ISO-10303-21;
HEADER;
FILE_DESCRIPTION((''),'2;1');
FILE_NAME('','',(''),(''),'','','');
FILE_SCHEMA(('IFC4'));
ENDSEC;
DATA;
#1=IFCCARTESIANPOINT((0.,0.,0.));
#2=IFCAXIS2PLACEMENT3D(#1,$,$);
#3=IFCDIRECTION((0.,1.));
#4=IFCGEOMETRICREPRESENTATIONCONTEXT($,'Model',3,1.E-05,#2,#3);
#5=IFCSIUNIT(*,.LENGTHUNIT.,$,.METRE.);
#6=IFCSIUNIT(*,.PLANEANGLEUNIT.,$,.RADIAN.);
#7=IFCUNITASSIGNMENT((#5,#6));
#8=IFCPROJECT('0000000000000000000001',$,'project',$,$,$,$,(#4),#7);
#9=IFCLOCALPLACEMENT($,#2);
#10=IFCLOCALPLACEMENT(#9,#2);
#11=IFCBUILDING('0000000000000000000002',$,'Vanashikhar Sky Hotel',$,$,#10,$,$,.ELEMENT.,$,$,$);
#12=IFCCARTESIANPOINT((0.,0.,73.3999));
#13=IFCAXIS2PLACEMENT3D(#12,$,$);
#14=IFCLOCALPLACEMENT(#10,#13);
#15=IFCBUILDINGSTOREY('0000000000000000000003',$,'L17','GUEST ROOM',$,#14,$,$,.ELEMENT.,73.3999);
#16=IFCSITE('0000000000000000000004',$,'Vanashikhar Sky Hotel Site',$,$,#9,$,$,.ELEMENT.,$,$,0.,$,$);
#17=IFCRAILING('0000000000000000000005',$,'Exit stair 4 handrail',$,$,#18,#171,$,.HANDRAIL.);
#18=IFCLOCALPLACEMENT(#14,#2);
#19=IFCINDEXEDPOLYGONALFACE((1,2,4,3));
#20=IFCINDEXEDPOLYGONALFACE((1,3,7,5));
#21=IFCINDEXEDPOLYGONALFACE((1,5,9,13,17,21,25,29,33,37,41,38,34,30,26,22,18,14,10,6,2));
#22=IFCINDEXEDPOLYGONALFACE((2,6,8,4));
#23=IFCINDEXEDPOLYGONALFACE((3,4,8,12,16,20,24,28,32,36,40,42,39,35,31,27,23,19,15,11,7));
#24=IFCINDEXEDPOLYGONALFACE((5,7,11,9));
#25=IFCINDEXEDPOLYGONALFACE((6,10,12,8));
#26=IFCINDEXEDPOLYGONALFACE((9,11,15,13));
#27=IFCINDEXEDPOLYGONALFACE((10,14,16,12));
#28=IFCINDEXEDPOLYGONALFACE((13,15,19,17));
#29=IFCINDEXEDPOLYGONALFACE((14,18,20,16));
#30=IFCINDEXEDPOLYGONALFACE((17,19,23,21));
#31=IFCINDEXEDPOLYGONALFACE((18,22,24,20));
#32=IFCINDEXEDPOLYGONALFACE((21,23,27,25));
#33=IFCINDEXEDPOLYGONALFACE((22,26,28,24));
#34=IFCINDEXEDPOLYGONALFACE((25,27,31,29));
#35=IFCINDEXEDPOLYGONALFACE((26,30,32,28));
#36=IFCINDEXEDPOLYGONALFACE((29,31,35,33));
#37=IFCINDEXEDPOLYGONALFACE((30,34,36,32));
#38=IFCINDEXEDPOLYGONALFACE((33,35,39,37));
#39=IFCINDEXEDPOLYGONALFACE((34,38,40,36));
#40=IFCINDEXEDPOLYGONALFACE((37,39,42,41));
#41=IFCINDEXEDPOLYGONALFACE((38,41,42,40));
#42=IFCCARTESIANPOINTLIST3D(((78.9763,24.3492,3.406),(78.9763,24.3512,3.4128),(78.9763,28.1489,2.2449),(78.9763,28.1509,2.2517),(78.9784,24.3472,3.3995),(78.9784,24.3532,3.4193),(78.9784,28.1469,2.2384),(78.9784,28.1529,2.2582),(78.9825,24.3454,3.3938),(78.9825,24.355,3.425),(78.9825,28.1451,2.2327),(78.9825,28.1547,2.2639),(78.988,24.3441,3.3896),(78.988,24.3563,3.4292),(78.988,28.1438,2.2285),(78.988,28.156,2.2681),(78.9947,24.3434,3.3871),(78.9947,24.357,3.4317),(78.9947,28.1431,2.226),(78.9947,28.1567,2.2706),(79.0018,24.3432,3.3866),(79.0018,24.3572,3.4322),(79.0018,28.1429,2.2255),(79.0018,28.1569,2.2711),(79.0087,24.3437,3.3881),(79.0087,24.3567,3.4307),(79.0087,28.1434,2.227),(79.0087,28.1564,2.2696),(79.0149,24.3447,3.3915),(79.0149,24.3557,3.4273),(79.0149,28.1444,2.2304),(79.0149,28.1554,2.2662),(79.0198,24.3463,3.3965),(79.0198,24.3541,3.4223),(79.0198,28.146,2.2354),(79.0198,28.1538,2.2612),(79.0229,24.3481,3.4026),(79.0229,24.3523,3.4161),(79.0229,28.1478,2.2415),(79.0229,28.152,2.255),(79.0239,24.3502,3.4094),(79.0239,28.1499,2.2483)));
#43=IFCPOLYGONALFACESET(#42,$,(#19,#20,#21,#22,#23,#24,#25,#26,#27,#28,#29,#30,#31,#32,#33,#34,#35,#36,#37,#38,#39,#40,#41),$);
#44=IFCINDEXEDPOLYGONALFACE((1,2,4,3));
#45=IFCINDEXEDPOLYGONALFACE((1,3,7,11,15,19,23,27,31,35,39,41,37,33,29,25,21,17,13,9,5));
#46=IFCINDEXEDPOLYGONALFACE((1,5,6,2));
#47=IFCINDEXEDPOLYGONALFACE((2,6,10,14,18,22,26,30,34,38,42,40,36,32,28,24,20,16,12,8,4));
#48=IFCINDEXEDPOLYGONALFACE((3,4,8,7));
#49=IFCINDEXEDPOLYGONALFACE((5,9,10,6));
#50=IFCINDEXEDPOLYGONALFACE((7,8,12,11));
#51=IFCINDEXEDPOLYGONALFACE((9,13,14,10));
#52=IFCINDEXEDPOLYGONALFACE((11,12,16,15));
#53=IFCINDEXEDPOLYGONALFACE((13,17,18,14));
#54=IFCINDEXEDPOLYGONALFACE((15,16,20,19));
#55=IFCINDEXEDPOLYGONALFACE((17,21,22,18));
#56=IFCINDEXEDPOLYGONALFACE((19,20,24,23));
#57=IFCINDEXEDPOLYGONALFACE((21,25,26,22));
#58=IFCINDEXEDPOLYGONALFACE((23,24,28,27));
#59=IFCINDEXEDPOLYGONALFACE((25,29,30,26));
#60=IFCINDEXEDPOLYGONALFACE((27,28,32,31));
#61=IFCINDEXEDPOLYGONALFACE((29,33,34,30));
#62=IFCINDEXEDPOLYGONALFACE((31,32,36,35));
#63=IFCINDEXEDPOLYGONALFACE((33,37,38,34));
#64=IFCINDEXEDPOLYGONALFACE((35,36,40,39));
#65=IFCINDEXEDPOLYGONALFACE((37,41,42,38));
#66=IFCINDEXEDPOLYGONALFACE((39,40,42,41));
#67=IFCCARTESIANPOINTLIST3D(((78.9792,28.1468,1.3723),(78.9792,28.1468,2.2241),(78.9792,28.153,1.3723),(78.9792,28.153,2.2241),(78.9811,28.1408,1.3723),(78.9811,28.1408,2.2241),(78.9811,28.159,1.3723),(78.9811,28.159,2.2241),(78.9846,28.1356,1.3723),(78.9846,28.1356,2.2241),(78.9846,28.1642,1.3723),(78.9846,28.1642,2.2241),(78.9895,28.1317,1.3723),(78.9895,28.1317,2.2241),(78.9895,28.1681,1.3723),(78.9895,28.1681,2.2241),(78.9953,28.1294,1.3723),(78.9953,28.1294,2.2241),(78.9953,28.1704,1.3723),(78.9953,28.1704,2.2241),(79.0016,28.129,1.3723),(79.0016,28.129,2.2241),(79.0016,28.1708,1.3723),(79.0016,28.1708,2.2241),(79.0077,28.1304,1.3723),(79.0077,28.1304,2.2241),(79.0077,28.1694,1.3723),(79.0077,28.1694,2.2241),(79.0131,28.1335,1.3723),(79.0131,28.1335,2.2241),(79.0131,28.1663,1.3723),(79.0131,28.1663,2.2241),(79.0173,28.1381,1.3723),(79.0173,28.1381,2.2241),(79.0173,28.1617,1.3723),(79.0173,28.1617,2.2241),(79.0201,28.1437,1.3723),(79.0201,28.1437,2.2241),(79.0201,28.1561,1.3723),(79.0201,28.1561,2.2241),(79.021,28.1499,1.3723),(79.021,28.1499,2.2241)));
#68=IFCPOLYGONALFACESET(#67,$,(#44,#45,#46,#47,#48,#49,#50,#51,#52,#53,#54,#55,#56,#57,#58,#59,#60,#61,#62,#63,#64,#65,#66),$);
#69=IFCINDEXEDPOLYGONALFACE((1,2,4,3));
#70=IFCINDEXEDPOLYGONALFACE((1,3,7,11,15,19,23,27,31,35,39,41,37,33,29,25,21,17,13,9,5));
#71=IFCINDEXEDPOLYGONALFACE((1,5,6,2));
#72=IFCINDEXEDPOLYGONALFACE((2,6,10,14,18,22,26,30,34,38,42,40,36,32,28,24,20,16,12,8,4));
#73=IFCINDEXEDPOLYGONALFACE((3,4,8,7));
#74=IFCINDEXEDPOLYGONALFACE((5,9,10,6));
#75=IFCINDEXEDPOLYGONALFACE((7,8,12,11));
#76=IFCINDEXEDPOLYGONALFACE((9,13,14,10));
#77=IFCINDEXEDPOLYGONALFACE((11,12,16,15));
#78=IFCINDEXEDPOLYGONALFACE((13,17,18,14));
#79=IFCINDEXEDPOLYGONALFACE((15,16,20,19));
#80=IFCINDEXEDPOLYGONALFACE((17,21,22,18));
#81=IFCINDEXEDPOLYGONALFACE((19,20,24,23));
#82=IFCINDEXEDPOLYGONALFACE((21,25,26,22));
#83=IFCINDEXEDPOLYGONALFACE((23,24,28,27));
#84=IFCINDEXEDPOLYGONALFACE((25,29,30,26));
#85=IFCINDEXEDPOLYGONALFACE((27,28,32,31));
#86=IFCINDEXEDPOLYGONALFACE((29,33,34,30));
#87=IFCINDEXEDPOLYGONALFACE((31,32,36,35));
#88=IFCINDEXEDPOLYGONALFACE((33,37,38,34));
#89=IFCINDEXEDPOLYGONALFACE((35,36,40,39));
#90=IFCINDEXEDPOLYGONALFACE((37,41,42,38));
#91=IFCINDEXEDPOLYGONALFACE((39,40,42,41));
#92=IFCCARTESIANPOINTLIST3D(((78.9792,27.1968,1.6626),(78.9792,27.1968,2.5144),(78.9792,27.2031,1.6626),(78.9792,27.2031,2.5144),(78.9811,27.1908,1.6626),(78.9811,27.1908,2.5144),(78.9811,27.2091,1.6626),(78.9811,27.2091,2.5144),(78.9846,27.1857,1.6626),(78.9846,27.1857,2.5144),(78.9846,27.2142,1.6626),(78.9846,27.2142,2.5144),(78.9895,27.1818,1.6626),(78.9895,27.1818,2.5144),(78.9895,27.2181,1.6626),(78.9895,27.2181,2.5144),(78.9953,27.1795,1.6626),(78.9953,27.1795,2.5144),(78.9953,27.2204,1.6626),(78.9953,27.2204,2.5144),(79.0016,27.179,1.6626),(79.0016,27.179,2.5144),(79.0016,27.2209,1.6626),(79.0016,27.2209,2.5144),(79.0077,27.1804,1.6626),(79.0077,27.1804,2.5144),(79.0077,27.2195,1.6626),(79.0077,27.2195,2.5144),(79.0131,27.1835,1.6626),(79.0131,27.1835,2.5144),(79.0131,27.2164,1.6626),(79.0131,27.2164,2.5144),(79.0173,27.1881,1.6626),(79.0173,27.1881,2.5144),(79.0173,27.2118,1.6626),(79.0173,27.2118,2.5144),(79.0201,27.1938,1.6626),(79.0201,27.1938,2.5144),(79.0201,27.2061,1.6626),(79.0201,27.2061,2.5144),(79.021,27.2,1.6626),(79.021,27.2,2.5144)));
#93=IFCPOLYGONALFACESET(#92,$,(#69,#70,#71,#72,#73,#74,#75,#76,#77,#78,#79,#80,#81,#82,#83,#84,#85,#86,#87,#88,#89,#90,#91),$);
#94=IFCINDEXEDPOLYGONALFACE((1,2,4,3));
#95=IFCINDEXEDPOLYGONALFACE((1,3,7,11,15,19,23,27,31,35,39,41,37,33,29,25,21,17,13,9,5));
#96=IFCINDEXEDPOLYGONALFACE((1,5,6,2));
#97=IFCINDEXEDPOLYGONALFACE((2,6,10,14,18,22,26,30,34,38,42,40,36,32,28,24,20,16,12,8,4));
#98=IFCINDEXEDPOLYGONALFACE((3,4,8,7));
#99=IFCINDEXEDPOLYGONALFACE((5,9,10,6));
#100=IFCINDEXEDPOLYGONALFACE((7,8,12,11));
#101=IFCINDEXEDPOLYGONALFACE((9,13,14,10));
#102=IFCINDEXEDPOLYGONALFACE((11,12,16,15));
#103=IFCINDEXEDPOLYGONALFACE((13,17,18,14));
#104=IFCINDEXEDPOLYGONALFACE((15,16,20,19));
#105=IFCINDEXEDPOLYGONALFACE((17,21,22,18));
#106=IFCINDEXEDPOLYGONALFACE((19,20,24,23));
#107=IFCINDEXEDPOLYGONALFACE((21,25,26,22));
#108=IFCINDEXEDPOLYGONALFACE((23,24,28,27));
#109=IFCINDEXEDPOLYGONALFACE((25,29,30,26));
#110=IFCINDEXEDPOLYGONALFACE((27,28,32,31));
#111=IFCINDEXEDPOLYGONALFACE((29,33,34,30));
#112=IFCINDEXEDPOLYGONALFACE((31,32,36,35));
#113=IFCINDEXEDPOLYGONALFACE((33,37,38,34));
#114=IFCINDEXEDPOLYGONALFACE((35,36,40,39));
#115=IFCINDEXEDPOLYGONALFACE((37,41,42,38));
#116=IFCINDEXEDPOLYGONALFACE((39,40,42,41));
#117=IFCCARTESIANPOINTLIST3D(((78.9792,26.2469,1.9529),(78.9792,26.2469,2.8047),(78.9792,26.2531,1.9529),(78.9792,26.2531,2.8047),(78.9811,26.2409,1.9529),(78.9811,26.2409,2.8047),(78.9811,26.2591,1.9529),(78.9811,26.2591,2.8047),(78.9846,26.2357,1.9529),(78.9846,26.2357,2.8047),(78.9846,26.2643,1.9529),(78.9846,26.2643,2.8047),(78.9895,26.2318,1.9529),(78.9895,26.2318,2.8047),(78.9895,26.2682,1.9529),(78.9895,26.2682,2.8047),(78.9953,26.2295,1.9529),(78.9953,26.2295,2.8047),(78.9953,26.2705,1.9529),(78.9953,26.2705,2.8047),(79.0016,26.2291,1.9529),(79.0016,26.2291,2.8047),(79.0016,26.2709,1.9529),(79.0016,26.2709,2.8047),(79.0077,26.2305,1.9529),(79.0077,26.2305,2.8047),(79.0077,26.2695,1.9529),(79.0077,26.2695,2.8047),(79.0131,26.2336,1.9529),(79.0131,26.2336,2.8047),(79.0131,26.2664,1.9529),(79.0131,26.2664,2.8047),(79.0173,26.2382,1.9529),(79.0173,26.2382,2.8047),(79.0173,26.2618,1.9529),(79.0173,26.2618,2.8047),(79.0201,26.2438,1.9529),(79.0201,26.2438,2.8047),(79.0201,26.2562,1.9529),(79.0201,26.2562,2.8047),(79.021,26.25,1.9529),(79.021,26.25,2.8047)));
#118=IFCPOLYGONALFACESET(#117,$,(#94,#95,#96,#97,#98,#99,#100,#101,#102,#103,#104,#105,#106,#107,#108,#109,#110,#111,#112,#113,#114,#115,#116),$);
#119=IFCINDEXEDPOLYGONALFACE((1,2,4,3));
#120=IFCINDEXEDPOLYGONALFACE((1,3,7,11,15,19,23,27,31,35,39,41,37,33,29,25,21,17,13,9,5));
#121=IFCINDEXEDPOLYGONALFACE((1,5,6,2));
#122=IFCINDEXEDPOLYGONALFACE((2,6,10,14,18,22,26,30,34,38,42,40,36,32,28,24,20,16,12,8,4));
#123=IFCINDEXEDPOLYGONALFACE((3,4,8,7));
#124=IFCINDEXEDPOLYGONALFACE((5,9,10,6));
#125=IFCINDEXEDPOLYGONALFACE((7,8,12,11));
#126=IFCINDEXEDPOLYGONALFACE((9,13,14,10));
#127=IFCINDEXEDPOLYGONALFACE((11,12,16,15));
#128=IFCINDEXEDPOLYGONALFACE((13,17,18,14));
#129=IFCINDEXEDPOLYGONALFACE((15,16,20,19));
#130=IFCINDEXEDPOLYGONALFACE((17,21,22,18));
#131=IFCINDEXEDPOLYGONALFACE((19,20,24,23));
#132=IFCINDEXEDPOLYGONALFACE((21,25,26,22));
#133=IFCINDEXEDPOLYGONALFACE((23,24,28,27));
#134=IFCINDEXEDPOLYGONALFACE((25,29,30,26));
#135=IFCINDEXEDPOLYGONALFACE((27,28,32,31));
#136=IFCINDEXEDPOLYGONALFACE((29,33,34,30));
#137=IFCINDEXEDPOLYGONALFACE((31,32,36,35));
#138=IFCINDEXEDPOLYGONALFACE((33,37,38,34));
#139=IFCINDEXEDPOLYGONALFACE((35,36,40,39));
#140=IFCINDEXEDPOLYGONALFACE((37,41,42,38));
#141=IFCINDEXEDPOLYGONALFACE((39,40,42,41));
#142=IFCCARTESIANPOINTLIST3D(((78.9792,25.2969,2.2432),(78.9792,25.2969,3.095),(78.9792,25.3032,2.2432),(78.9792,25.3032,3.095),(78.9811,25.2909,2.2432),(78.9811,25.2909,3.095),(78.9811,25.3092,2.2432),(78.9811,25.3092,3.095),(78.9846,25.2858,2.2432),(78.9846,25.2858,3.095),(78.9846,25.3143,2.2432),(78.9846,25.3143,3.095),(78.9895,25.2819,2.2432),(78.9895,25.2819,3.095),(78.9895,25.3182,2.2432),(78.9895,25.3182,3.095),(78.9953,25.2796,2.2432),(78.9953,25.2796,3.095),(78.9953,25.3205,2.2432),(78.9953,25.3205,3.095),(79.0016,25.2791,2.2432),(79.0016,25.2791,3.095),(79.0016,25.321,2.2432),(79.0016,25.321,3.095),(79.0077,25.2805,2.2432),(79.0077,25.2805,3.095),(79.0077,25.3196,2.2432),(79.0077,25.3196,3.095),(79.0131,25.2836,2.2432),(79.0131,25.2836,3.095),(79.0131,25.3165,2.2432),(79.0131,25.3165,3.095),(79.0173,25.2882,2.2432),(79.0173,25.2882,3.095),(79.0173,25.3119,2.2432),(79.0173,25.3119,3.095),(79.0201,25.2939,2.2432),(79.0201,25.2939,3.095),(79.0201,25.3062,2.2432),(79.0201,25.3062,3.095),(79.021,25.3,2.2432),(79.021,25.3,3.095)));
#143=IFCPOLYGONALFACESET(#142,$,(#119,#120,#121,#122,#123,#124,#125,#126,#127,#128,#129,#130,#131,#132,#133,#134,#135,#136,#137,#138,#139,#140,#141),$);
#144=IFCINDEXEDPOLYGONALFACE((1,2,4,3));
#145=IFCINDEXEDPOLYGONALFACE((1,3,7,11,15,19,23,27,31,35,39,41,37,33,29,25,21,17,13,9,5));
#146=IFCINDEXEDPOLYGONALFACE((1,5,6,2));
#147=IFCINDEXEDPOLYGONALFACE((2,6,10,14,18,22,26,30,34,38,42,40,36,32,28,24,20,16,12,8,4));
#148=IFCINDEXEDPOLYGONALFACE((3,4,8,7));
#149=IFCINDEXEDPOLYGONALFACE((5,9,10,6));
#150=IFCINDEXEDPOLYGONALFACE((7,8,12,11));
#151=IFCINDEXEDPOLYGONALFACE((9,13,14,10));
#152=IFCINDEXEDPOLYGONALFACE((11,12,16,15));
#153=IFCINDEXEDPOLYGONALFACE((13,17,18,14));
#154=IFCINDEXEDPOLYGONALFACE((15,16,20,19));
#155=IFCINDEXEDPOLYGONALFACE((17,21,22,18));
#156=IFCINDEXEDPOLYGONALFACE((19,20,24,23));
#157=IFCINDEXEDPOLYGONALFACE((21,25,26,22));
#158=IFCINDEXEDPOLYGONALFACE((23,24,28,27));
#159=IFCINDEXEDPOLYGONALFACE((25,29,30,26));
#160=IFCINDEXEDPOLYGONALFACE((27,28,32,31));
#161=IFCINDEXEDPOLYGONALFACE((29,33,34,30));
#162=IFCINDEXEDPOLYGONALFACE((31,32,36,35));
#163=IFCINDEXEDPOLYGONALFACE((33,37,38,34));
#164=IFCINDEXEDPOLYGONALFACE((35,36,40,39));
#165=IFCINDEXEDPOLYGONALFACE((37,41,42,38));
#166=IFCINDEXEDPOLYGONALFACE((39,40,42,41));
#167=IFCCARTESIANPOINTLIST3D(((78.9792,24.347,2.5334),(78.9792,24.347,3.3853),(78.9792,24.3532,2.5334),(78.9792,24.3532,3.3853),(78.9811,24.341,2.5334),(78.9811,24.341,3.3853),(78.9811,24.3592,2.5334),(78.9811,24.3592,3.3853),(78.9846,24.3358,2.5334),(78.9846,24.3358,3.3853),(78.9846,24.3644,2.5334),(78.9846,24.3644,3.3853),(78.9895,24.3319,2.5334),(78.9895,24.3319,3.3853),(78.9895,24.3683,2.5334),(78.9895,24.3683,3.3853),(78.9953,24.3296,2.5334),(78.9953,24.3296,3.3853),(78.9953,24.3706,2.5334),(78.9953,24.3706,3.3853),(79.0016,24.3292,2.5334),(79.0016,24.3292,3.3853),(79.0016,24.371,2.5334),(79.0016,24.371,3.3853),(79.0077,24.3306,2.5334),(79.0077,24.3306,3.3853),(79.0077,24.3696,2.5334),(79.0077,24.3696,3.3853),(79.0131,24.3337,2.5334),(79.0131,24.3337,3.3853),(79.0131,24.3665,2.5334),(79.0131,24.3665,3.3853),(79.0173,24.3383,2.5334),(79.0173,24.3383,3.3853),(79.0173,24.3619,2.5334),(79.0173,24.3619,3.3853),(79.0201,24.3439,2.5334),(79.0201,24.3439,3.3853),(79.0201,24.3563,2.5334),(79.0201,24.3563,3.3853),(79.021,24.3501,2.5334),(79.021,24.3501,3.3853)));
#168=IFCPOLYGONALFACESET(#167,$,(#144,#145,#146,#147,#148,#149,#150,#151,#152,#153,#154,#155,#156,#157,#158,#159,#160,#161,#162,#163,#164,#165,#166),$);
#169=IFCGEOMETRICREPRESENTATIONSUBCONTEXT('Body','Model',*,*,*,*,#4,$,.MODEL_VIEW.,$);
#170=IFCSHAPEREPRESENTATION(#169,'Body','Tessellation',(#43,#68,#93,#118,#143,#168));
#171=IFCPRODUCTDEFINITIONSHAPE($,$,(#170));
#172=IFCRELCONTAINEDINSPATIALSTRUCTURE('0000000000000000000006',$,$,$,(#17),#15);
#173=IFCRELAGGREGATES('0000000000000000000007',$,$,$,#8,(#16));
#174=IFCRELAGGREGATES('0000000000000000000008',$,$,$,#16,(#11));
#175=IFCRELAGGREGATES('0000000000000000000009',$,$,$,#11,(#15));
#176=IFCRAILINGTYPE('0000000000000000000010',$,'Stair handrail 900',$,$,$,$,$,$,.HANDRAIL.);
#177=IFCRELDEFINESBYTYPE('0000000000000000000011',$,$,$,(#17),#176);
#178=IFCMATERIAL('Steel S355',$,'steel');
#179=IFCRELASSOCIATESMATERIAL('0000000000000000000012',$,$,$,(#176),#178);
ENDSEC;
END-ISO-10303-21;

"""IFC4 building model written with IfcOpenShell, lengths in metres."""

from ifc_helpers import new_model, si_unit, direction, frame, origin, origin_2d, place, context, subcontext, project, spatial, circle, extrude, source, transform, mapped, material, type_object, element, save


model = new_model("IFC4")

# Units and contexts
model_context = context("Model", 3, precision=1e-05, world=origin(), true_north=direction((0.0, 1.0)))
body_context = subcontext(model_context, "Body", "Model", "MODEL_VIEW")
ifc_project = project(units=[si_unit("LENGTHUNIT", "METRE"), si_unit("PLANEANGLEUNIT", "RADIAN")], contexts=[model_context])

# Site, building, storey
site_placement = place(None, origin())
site = spatial("IfcSite", under=ifc_project, at=site_placement, Name="Vanashikhar Sky Hotel Site", CompositionType="ELEMENT", RefElevation=0.0)
building_placement = place(site_placement, origin())
building = spatial("IfcBuilding", under=site, at=building_placement, Name="Vanashikhar Sky Hotel", CompositionType="ELEMENT")
storey_placement = place(building_placement, frame((0.0, 0.0, 73.3999)))
storey = spatial("IfcBuildingStorey", under=building, at=storey_placement, Name="L17", Description="GUEST ROOM", CompositionType="ELEMENT", Elevation=73.3999)

# Railing
ifc_material_1 = material(Name="Steel S355", Category="steel")
railing_type_1 = type_object("IfcRailingType", Name="Stair handrail 900", PredefinedType="HANDRAIL", material=ifc_material_1)
shared_shape_1 = source(origin(), body_context, "Body", "SweptSolid", [
    extrude(circle(Radius=0.0239, at=origin_2d()), frame((0.0, 0.0, 0.876), z_axis=(0.0, -0.956346, 0.292237), x_axis=(1.0, 0.0, 0.0)), (0.0, 0.0, 1.0), 3.9731),
    extrude(circle(Radius=0.021, at=origin_2d()), origin(), (0.0, 0.0, 1.0), 0.8518),
    extrude(circle(Radius=0.021, at=origin_2d()), frame((0.0, -0.95, 0.2903)), (0.0, 0.0, 1.0), 0.8518),
    extrude(circle(Radius=0.021, at=origin_2d()), frame((0.0, -1.8999, 0.5806)), (0.0, 0.0, 1.0), 0.8518),
    extrude(circle(Radius=0.021, at=origin_2d()), frame((0.0, -2.8499, 0.8708)), (0.0, 0.0, 1.0), 0.8518),
    extrude(circle(Radius=0.021, at=origin_2d()), frame((0.0, -3.7998, 1.1611)), (0.0, 0.0, 1.0), 0.8518),
])
railing_1_placement = place(storey_placement, frame((79.0, 28.1499, 1.3723)))
element("IfcRailing", 1, at=railing_1_placement, inside=storey, type_object=railing_type_1, Name="Exit stair 4 handrail", PredefinedType="HANDRAIL", context=body_context, shape_type="MappedRepresentation", body=[
    mapped(shared_shape_1, transform((0.0, 0.0, 0.0), scale=1.0)),
])

save(model, "model.ifc")
